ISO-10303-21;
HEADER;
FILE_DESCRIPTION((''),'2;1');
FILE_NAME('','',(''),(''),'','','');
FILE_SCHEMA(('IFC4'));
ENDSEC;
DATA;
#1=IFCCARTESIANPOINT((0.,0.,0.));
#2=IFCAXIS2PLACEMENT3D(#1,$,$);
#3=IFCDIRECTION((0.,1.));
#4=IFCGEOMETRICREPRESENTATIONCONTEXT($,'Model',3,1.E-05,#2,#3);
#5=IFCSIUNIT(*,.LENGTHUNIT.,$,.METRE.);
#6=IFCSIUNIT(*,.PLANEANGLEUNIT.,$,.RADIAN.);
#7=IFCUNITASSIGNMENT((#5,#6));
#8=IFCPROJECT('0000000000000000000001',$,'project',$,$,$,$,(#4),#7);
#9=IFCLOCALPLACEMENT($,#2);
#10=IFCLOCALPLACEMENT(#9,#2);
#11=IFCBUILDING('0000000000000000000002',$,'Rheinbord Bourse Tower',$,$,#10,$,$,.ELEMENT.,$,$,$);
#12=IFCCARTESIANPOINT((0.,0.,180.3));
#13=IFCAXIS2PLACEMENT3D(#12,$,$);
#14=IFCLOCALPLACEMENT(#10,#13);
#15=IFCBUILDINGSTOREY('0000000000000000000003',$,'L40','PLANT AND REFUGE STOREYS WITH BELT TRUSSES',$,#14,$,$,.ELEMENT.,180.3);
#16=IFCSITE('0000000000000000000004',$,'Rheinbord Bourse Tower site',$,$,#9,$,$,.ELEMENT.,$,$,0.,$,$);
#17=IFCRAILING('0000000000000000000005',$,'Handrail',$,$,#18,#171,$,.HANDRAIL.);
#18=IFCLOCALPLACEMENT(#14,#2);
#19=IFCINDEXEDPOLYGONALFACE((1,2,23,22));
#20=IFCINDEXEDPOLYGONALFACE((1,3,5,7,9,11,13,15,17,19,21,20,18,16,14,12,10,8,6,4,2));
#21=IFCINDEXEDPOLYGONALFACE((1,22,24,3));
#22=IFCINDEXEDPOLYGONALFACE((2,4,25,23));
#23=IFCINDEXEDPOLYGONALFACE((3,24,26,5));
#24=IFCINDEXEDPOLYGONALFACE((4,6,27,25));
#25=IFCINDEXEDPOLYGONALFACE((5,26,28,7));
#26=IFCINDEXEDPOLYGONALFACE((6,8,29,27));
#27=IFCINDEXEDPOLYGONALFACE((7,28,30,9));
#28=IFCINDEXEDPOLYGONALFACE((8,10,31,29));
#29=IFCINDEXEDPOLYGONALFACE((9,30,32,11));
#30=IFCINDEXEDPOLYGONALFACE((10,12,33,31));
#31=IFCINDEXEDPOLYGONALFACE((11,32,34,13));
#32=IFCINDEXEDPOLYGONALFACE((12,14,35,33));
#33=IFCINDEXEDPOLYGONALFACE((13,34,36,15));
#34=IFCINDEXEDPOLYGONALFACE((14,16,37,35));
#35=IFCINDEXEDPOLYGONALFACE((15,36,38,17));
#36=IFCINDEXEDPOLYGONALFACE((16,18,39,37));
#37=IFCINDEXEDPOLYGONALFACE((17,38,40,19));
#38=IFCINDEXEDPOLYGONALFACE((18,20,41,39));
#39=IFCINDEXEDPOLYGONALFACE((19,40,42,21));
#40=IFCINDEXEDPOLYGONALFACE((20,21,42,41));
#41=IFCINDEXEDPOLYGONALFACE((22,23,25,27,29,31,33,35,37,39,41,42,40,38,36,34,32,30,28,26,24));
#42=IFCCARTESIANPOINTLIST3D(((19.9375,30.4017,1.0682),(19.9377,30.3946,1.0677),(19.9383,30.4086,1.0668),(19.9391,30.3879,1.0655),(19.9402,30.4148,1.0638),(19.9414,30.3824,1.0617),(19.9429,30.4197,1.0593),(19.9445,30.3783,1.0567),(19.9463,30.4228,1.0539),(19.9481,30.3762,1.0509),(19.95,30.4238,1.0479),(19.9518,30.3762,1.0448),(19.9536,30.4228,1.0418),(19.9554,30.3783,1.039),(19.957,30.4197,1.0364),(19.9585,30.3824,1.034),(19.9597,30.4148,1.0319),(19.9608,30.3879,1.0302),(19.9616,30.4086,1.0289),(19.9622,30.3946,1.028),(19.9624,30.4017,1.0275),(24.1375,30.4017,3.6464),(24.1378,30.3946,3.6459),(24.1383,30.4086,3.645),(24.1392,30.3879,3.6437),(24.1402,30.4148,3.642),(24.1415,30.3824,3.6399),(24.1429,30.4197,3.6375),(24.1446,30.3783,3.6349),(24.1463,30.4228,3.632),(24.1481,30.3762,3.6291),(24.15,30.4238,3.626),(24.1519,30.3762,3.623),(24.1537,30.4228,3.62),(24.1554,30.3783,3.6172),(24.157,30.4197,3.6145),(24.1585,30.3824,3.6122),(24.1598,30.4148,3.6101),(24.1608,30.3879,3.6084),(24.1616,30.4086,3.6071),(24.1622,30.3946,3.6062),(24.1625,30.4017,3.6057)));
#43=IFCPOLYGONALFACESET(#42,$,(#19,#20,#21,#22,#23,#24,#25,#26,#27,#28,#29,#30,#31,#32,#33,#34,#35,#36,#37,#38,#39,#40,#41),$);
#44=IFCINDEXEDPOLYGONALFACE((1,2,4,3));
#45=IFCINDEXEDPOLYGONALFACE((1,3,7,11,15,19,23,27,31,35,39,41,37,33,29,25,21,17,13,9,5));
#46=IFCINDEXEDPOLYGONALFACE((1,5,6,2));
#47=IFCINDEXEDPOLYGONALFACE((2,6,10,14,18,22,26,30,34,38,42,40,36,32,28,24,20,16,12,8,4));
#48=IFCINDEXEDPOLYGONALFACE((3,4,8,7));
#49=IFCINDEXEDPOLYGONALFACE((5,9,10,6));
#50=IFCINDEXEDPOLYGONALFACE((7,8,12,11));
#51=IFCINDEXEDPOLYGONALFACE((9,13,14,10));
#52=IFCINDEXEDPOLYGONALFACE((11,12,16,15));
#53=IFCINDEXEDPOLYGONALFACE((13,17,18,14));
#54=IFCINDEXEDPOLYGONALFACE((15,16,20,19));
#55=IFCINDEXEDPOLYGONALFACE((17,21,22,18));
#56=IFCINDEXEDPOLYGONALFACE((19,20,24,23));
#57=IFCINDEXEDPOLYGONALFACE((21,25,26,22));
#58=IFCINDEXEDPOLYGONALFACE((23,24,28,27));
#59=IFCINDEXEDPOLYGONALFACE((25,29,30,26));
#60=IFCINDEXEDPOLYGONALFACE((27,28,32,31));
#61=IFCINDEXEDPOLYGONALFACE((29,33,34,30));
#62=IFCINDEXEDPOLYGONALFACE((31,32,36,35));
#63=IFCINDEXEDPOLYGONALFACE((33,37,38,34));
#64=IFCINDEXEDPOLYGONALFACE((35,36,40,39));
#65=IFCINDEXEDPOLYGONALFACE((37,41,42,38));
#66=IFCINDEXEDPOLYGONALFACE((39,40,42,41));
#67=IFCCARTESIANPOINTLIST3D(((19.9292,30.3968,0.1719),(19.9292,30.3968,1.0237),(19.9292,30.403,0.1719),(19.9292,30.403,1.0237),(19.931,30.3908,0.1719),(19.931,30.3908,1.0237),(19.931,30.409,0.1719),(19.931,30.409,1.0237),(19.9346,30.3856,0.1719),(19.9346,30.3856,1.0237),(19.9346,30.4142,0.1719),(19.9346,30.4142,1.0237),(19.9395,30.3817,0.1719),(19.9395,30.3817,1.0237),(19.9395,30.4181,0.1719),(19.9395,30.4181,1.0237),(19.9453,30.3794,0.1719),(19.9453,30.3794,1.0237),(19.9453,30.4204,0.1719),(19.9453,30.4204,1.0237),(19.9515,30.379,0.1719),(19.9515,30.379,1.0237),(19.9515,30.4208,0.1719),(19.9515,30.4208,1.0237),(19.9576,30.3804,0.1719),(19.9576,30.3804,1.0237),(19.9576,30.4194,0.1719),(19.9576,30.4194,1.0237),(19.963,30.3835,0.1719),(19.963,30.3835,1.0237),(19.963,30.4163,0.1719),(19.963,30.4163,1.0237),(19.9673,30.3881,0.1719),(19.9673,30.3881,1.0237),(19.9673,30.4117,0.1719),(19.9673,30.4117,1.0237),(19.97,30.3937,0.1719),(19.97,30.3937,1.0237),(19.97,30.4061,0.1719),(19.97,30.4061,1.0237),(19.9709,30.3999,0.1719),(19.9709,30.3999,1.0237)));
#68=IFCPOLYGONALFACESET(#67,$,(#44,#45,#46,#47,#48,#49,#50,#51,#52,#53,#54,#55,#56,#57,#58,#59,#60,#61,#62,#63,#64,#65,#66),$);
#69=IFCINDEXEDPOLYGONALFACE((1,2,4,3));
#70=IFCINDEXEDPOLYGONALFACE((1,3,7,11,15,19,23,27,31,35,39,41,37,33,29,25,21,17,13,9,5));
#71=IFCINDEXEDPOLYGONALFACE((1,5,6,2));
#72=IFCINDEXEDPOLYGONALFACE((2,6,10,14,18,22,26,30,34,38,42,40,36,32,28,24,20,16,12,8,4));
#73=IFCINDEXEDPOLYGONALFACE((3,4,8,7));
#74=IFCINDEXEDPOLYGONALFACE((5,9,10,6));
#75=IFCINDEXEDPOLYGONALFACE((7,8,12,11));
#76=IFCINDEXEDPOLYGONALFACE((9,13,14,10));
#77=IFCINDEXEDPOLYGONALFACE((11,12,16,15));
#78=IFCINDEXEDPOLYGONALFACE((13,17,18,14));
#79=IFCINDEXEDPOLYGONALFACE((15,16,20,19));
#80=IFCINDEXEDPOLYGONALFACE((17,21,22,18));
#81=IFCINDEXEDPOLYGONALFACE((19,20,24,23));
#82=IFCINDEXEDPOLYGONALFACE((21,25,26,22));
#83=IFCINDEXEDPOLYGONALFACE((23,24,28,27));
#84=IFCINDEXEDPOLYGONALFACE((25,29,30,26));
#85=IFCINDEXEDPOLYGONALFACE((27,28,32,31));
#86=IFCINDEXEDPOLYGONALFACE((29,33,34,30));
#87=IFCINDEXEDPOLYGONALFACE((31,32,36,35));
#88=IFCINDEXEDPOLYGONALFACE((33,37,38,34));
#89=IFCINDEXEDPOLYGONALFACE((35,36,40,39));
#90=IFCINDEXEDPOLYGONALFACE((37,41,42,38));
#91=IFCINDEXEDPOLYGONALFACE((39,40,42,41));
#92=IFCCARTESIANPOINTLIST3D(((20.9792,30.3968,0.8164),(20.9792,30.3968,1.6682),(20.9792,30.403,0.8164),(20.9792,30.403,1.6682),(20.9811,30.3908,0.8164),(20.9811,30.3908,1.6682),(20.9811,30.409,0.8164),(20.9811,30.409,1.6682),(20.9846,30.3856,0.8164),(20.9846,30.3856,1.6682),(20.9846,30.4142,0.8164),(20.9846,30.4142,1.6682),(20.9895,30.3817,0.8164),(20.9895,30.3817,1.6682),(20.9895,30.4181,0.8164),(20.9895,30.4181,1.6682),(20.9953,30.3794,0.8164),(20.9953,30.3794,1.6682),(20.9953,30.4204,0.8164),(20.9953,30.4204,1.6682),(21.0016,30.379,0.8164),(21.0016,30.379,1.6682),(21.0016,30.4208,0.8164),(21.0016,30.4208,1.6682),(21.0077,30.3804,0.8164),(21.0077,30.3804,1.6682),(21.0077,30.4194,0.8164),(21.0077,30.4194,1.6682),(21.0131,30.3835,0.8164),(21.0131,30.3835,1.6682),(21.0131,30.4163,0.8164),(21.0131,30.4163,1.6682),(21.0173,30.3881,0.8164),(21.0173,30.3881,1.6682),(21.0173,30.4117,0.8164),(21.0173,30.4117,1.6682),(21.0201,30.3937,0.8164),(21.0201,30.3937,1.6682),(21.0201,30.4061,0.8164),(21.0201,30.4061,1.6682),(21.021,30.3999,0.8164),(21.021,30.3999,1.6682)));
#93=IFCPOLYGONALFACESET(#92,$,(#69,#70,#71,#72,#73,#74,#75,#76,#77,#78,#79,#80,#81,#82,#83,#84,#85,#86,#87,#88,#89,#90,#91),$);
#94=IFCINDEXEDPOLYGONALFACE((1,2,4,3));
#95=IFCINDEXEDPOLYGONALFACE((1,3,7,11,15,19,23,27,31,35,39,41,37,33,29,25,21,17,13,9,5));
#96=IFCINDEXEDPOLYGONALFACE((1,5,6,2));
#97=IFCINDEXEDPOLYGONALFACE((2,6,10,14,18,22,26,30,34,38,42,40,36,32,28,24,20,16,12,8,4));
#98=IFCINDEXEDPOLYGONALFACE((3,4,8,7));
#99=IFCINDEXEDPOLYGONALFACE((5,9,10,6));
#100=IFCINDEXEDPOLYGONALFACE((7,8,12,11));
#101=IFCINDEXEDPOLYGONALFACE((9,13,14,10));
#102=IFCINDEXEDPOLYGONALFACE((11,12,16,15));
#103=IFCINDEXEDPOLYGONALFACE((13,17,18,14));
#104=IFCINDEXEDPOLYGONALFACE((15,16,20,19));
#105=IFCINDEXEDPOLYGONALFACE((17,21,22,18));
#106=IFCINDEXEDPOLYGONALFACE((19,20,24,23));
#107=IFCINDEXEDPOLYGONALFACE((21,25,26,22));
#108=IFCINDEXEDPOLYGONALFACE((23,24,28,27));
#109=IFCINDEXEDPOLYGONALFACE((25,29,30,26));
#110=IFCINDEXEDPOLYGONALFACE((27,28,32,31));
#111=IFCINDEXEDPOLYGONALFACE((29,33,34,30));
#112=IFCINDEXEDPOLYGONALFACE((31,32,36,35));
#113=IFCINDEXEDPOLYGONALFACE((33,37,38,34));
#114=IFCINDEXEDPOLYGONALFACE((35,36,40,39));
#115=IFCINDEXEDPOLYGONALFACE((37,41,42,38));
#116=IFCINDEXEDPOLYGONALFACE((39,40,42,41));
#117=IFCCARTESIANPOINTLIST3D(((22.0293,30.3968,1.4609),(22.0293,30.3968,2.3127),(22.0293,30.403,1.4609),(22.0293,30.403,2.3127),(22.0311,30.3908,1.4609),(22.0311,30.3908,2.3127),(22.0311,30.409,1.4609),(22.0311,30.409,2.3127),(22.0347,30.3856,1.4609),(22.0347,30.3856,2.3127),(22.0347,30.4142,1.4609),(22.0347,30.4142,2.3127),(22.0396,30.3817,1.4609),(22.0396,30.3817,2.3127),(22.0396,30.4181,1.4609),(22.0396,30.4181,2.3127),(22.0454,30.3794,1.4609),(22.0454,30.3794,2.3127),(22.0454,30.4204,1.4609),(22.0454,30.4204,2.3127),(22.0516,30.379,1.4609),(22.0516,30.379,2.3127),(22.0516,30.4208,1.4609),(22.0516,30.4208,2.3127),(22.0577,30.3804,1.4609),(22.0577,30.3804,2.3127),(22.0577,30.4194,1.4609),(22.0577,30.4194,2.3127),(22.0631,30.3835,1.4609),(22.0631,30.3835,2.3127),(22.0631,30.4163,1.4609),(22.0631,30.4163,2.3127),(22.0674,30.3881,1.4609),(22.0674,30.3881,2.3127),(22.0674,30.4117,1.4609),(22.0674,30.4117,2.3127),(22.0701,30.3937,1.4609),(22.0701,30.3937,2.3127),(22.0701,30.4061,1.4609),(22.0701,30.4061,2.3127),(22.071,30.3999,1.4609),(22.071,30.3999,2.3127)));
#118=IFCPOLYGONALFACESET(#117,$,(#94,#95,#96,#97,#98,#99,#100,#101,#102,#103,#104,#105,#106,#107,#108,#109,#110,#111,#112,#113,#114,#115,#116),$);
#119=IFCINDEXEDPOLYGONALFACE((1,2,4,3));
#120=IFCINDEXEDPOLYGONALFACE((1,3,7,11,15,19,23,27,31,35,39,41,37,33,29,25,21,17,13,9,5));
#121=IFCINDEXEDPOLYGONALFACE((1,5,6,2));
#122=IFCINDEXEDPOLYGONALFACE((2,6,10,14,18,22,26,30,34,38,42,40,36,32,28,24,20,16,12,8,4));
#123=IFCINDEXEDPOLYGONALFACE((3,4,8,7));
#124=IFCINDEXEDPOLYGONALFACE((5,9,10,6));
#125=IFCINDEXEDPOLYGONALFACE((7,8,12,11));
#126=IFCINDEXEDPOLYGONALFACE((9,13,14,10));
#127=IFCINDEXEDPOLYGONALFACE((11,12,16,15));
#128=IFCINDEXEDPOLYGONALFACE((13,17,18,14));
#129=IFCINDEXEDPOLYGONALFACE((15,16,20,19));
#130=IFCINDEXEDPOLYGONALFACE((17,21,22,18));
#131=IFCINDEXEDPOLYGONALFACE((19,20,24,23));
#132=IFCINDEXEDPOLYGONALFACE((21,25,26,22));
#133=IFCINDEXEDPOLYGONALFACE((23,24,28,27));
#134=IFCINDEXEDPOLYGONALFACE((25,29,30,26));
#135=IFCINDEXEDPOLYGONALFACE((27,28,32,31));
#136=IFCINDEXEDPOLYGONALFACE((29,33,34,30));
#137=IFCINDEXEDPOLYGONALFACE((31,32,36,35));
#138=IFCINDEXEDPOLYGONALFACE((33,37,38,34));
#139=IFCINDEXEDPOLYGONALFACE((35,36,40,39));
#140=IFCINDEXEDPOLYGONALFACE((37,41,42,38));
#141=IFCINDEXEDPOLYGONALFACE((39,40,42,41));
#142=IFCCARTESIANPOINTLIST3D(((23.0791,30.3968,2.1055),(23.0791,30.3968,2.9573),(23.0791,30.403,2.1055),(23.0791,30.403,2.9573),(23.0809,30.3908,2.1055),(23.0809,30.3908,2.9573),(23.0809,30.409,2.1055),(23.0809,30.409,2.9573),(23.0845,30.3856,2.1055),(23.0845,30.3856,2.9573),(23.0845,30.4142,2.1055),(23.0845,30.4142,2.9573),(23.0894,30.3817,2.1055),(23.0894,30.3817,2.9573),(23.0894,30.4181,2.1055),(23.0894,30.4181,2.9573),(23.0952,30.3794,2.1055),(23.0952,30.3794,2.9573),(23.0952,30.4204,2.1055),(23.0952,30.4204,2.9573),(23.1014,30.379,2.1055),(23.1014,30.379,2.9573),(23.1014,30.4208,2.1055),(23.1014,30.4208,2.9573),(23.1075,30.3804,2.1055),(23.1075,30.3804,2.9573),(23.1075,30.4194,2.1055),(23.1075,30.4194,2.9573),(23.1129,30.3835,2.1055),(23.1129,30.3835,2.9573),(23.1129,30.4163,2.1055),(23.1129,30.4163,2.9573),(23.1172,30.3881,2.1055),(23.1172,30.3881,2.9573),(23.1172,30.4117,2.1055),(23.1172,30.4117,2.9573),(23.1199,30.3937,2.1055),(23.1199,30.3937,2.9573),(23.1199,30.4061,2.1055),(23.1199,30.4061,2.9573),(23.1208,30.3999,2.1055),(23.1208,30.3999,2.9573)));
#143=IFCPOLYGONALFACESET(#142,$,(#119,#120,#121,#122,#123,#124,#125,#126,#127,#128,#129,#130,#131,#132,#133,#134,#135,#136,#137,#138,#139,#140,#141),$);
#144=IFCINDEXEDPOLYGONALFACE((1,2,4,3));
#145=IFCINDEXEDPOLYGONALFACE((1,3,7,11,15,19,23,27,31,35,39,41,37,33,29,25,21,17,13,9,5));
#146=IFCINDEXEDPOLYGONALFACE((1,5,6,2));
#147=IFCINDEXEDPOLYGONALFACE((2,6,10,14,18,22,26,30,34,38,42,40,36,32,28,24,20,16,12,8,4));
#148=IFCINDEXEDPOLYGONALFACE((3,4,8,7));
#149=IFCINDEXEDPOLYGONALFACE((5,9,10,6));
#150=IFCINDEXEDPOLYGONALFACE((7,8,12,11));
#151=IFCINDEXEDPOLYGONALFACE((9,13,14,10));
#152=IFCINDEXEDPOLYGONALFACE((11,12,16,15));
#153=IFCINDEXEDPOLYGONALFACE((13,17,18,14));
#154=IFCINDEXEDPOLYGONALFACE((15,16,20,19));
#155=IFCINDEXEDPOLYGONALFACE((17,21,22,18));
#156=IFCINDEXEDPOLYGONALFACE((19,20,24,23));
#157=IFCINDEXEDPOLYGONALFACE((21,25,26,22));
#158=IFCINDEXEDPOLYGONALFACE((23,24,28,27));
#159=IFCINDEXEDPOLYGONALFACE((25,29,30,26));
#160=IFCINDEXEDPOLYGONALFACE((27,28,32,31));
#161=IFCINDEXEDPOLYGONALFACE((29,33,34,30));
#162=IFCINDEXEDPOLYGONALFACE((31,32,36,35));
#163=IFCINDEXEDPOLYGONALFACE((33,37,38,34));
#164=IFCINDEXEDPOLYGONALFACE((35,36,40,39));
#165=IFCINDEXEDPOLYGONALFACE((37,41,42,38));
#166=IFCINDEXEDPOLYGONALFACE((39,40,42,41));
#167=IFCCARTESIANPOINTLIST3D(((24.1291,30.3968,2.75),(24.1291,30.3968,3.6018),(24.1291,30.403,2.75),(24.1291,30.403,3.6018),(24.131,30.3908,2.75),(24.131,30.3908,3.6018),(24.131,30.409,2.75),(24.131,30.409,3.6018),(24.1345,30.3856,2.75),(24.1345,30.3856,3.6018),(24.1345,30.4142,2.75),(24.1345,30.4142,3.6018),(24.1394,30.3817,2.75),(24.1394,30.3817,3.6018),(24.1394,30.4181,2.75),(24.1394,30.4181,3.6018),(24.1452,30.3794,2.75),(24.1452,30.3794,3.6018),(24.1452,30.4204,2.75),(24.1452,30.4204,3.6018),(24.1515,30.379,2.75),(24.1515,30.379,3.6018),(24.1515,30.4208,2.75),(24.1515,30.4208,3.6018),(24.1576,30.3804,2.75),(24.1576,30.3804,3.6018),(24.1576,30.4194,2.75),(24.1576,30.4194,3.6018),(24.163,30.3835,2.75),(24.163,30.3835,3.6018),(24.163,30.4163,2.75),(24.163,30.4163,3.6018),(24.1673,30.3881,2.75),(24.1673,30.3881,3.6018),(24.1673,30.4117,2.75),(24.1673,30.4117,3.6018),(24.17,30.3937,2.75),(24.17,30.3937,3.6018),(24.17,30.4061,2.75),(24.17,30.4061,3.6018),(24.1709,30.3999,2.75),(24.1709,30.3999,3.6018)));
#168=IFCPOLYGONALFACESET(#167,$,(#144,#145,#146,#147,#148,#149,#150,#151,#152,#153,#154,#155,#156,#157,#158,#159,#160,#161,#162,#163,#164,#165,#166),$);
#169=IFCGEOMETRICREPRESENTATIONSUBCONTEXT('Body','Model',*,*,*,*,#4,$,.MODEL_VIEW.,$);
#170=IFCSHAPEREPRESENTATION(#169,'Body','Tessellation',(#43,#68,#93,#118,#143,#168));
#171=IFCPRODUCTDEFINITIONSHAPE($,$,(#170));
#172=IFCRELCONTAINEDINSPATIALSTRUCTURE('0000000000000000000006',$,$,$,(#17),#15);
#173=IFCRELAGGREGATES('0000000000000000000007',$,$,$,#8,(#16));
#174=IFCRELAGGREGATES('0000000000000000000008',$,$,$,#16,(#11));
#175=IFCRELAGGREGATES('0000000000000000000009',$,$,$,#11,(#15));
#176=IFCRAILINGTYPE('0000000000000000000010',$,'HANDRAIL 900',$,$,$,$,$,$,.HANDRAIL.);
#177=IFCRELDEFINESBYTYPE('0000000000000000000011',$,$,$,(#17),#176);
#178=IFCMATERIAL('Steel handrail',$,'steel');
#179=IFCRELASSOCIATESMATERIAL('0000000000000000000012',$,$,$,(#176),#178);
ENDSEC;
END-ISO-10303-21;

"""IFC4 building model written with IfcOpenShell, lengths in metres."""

from ifc_helpers import new_model, si_unit, direction, frame, origin, origin_2d, place, context, subcontext, project, spatial, circle, extrude, material, type_object, element, save


model = new_model("IFC4")

# Units and contexts
model_context = context("Model", 3, precision=1e-05, world=origin(), true_north=direction((0.0, 1.0)))
body_context = subcontext(model_context, "Body", "Model", "MODEL_VIEW")
ifc_project = project(units=[si_unit("LENGTHUNIT", "METRE"), si_unit("PLANEANGLEUNIT", "RADIAN")], contexts=[model_context])

# Site, building, storey
site_placement = place(None, origin())
site = spatial("IfcSite", under=ifc_project, at=site_placement, Name="Rheinbord Bourse Tower site", CompositionType="ELEMENT", RefElevation=0.0)
building_placement = place(site_placement, origin())
building = spatial("IfcBuilding", under=site, at=building_placement, Name="Rheinbord Bourse Tower", CompositionType="ELEMENT")
storey_placement = place(building_placement, frame((0.0, 0.0, 180.3)))
storey = spatial("IfcBuildingStorey", under=building, at=storey_placement, Name="L40", Description="PLANT AND REFUGE STOREYS WITH BELT TRUSSES", CompositionType="ELEMENT", Elevation=180.3)

# Railing
ifc_material_1 = material(Name="Steel handrail", Category="steel")
railing_type = type_object("IfcRailingType", Name="HANDRAIL 900", PredefinedType="HANDRAIL", material=ifc_material_1)
railing_placement = place(storey_placement, frame((19.95, 30.3999, 0.1719)))
element("IfcRailing", 1, at=railing_placement, inside=storey, type_object=railing_type, Name="Handrail", PredefinedType="HANDRAIL", context=body_context, shape_type="SweptSolid", body=[
    extrude(circle(Radius=0.0239, at=origin_2d()), frame((0.0, 0.0, 0.876), z_axis=(0.852243, 0.0, 0.523146), x_axis=(0.0, 1.0, 0.0)), (0.0, 0.0, 1.0), 4.9282),
    extrude(circle(Radius=0.021, at=origin_2d()), origin(), (0.0, 0.0, 1.0), 0.8518),
    extrude(circle(Radius=0.021, at=origin_2d()), frame((1.05, 0.0, 0.6445)), (0.0, 0.0, 1.0), 0.8518),
    extrude(circle(Radius=0.021, at=origin_2d()), frame((2.1001, 0.0, 1.2891)), (0.0, 0.0, 1.0), 0.8518),
    extrude(circle(Radius=0.021, at=origin_2d()), frame((3.1499, 0.0, 1.9336)), (0.0, 0.0, 1.0), 0.8518),
    extrude(circle(Radius=0.021, at=origin_2d()), frame((4.2, 0.0, 2.5781)), (0.0, 0.0, 1.0), 0.8518),
])

save(model, "model.ifc")
